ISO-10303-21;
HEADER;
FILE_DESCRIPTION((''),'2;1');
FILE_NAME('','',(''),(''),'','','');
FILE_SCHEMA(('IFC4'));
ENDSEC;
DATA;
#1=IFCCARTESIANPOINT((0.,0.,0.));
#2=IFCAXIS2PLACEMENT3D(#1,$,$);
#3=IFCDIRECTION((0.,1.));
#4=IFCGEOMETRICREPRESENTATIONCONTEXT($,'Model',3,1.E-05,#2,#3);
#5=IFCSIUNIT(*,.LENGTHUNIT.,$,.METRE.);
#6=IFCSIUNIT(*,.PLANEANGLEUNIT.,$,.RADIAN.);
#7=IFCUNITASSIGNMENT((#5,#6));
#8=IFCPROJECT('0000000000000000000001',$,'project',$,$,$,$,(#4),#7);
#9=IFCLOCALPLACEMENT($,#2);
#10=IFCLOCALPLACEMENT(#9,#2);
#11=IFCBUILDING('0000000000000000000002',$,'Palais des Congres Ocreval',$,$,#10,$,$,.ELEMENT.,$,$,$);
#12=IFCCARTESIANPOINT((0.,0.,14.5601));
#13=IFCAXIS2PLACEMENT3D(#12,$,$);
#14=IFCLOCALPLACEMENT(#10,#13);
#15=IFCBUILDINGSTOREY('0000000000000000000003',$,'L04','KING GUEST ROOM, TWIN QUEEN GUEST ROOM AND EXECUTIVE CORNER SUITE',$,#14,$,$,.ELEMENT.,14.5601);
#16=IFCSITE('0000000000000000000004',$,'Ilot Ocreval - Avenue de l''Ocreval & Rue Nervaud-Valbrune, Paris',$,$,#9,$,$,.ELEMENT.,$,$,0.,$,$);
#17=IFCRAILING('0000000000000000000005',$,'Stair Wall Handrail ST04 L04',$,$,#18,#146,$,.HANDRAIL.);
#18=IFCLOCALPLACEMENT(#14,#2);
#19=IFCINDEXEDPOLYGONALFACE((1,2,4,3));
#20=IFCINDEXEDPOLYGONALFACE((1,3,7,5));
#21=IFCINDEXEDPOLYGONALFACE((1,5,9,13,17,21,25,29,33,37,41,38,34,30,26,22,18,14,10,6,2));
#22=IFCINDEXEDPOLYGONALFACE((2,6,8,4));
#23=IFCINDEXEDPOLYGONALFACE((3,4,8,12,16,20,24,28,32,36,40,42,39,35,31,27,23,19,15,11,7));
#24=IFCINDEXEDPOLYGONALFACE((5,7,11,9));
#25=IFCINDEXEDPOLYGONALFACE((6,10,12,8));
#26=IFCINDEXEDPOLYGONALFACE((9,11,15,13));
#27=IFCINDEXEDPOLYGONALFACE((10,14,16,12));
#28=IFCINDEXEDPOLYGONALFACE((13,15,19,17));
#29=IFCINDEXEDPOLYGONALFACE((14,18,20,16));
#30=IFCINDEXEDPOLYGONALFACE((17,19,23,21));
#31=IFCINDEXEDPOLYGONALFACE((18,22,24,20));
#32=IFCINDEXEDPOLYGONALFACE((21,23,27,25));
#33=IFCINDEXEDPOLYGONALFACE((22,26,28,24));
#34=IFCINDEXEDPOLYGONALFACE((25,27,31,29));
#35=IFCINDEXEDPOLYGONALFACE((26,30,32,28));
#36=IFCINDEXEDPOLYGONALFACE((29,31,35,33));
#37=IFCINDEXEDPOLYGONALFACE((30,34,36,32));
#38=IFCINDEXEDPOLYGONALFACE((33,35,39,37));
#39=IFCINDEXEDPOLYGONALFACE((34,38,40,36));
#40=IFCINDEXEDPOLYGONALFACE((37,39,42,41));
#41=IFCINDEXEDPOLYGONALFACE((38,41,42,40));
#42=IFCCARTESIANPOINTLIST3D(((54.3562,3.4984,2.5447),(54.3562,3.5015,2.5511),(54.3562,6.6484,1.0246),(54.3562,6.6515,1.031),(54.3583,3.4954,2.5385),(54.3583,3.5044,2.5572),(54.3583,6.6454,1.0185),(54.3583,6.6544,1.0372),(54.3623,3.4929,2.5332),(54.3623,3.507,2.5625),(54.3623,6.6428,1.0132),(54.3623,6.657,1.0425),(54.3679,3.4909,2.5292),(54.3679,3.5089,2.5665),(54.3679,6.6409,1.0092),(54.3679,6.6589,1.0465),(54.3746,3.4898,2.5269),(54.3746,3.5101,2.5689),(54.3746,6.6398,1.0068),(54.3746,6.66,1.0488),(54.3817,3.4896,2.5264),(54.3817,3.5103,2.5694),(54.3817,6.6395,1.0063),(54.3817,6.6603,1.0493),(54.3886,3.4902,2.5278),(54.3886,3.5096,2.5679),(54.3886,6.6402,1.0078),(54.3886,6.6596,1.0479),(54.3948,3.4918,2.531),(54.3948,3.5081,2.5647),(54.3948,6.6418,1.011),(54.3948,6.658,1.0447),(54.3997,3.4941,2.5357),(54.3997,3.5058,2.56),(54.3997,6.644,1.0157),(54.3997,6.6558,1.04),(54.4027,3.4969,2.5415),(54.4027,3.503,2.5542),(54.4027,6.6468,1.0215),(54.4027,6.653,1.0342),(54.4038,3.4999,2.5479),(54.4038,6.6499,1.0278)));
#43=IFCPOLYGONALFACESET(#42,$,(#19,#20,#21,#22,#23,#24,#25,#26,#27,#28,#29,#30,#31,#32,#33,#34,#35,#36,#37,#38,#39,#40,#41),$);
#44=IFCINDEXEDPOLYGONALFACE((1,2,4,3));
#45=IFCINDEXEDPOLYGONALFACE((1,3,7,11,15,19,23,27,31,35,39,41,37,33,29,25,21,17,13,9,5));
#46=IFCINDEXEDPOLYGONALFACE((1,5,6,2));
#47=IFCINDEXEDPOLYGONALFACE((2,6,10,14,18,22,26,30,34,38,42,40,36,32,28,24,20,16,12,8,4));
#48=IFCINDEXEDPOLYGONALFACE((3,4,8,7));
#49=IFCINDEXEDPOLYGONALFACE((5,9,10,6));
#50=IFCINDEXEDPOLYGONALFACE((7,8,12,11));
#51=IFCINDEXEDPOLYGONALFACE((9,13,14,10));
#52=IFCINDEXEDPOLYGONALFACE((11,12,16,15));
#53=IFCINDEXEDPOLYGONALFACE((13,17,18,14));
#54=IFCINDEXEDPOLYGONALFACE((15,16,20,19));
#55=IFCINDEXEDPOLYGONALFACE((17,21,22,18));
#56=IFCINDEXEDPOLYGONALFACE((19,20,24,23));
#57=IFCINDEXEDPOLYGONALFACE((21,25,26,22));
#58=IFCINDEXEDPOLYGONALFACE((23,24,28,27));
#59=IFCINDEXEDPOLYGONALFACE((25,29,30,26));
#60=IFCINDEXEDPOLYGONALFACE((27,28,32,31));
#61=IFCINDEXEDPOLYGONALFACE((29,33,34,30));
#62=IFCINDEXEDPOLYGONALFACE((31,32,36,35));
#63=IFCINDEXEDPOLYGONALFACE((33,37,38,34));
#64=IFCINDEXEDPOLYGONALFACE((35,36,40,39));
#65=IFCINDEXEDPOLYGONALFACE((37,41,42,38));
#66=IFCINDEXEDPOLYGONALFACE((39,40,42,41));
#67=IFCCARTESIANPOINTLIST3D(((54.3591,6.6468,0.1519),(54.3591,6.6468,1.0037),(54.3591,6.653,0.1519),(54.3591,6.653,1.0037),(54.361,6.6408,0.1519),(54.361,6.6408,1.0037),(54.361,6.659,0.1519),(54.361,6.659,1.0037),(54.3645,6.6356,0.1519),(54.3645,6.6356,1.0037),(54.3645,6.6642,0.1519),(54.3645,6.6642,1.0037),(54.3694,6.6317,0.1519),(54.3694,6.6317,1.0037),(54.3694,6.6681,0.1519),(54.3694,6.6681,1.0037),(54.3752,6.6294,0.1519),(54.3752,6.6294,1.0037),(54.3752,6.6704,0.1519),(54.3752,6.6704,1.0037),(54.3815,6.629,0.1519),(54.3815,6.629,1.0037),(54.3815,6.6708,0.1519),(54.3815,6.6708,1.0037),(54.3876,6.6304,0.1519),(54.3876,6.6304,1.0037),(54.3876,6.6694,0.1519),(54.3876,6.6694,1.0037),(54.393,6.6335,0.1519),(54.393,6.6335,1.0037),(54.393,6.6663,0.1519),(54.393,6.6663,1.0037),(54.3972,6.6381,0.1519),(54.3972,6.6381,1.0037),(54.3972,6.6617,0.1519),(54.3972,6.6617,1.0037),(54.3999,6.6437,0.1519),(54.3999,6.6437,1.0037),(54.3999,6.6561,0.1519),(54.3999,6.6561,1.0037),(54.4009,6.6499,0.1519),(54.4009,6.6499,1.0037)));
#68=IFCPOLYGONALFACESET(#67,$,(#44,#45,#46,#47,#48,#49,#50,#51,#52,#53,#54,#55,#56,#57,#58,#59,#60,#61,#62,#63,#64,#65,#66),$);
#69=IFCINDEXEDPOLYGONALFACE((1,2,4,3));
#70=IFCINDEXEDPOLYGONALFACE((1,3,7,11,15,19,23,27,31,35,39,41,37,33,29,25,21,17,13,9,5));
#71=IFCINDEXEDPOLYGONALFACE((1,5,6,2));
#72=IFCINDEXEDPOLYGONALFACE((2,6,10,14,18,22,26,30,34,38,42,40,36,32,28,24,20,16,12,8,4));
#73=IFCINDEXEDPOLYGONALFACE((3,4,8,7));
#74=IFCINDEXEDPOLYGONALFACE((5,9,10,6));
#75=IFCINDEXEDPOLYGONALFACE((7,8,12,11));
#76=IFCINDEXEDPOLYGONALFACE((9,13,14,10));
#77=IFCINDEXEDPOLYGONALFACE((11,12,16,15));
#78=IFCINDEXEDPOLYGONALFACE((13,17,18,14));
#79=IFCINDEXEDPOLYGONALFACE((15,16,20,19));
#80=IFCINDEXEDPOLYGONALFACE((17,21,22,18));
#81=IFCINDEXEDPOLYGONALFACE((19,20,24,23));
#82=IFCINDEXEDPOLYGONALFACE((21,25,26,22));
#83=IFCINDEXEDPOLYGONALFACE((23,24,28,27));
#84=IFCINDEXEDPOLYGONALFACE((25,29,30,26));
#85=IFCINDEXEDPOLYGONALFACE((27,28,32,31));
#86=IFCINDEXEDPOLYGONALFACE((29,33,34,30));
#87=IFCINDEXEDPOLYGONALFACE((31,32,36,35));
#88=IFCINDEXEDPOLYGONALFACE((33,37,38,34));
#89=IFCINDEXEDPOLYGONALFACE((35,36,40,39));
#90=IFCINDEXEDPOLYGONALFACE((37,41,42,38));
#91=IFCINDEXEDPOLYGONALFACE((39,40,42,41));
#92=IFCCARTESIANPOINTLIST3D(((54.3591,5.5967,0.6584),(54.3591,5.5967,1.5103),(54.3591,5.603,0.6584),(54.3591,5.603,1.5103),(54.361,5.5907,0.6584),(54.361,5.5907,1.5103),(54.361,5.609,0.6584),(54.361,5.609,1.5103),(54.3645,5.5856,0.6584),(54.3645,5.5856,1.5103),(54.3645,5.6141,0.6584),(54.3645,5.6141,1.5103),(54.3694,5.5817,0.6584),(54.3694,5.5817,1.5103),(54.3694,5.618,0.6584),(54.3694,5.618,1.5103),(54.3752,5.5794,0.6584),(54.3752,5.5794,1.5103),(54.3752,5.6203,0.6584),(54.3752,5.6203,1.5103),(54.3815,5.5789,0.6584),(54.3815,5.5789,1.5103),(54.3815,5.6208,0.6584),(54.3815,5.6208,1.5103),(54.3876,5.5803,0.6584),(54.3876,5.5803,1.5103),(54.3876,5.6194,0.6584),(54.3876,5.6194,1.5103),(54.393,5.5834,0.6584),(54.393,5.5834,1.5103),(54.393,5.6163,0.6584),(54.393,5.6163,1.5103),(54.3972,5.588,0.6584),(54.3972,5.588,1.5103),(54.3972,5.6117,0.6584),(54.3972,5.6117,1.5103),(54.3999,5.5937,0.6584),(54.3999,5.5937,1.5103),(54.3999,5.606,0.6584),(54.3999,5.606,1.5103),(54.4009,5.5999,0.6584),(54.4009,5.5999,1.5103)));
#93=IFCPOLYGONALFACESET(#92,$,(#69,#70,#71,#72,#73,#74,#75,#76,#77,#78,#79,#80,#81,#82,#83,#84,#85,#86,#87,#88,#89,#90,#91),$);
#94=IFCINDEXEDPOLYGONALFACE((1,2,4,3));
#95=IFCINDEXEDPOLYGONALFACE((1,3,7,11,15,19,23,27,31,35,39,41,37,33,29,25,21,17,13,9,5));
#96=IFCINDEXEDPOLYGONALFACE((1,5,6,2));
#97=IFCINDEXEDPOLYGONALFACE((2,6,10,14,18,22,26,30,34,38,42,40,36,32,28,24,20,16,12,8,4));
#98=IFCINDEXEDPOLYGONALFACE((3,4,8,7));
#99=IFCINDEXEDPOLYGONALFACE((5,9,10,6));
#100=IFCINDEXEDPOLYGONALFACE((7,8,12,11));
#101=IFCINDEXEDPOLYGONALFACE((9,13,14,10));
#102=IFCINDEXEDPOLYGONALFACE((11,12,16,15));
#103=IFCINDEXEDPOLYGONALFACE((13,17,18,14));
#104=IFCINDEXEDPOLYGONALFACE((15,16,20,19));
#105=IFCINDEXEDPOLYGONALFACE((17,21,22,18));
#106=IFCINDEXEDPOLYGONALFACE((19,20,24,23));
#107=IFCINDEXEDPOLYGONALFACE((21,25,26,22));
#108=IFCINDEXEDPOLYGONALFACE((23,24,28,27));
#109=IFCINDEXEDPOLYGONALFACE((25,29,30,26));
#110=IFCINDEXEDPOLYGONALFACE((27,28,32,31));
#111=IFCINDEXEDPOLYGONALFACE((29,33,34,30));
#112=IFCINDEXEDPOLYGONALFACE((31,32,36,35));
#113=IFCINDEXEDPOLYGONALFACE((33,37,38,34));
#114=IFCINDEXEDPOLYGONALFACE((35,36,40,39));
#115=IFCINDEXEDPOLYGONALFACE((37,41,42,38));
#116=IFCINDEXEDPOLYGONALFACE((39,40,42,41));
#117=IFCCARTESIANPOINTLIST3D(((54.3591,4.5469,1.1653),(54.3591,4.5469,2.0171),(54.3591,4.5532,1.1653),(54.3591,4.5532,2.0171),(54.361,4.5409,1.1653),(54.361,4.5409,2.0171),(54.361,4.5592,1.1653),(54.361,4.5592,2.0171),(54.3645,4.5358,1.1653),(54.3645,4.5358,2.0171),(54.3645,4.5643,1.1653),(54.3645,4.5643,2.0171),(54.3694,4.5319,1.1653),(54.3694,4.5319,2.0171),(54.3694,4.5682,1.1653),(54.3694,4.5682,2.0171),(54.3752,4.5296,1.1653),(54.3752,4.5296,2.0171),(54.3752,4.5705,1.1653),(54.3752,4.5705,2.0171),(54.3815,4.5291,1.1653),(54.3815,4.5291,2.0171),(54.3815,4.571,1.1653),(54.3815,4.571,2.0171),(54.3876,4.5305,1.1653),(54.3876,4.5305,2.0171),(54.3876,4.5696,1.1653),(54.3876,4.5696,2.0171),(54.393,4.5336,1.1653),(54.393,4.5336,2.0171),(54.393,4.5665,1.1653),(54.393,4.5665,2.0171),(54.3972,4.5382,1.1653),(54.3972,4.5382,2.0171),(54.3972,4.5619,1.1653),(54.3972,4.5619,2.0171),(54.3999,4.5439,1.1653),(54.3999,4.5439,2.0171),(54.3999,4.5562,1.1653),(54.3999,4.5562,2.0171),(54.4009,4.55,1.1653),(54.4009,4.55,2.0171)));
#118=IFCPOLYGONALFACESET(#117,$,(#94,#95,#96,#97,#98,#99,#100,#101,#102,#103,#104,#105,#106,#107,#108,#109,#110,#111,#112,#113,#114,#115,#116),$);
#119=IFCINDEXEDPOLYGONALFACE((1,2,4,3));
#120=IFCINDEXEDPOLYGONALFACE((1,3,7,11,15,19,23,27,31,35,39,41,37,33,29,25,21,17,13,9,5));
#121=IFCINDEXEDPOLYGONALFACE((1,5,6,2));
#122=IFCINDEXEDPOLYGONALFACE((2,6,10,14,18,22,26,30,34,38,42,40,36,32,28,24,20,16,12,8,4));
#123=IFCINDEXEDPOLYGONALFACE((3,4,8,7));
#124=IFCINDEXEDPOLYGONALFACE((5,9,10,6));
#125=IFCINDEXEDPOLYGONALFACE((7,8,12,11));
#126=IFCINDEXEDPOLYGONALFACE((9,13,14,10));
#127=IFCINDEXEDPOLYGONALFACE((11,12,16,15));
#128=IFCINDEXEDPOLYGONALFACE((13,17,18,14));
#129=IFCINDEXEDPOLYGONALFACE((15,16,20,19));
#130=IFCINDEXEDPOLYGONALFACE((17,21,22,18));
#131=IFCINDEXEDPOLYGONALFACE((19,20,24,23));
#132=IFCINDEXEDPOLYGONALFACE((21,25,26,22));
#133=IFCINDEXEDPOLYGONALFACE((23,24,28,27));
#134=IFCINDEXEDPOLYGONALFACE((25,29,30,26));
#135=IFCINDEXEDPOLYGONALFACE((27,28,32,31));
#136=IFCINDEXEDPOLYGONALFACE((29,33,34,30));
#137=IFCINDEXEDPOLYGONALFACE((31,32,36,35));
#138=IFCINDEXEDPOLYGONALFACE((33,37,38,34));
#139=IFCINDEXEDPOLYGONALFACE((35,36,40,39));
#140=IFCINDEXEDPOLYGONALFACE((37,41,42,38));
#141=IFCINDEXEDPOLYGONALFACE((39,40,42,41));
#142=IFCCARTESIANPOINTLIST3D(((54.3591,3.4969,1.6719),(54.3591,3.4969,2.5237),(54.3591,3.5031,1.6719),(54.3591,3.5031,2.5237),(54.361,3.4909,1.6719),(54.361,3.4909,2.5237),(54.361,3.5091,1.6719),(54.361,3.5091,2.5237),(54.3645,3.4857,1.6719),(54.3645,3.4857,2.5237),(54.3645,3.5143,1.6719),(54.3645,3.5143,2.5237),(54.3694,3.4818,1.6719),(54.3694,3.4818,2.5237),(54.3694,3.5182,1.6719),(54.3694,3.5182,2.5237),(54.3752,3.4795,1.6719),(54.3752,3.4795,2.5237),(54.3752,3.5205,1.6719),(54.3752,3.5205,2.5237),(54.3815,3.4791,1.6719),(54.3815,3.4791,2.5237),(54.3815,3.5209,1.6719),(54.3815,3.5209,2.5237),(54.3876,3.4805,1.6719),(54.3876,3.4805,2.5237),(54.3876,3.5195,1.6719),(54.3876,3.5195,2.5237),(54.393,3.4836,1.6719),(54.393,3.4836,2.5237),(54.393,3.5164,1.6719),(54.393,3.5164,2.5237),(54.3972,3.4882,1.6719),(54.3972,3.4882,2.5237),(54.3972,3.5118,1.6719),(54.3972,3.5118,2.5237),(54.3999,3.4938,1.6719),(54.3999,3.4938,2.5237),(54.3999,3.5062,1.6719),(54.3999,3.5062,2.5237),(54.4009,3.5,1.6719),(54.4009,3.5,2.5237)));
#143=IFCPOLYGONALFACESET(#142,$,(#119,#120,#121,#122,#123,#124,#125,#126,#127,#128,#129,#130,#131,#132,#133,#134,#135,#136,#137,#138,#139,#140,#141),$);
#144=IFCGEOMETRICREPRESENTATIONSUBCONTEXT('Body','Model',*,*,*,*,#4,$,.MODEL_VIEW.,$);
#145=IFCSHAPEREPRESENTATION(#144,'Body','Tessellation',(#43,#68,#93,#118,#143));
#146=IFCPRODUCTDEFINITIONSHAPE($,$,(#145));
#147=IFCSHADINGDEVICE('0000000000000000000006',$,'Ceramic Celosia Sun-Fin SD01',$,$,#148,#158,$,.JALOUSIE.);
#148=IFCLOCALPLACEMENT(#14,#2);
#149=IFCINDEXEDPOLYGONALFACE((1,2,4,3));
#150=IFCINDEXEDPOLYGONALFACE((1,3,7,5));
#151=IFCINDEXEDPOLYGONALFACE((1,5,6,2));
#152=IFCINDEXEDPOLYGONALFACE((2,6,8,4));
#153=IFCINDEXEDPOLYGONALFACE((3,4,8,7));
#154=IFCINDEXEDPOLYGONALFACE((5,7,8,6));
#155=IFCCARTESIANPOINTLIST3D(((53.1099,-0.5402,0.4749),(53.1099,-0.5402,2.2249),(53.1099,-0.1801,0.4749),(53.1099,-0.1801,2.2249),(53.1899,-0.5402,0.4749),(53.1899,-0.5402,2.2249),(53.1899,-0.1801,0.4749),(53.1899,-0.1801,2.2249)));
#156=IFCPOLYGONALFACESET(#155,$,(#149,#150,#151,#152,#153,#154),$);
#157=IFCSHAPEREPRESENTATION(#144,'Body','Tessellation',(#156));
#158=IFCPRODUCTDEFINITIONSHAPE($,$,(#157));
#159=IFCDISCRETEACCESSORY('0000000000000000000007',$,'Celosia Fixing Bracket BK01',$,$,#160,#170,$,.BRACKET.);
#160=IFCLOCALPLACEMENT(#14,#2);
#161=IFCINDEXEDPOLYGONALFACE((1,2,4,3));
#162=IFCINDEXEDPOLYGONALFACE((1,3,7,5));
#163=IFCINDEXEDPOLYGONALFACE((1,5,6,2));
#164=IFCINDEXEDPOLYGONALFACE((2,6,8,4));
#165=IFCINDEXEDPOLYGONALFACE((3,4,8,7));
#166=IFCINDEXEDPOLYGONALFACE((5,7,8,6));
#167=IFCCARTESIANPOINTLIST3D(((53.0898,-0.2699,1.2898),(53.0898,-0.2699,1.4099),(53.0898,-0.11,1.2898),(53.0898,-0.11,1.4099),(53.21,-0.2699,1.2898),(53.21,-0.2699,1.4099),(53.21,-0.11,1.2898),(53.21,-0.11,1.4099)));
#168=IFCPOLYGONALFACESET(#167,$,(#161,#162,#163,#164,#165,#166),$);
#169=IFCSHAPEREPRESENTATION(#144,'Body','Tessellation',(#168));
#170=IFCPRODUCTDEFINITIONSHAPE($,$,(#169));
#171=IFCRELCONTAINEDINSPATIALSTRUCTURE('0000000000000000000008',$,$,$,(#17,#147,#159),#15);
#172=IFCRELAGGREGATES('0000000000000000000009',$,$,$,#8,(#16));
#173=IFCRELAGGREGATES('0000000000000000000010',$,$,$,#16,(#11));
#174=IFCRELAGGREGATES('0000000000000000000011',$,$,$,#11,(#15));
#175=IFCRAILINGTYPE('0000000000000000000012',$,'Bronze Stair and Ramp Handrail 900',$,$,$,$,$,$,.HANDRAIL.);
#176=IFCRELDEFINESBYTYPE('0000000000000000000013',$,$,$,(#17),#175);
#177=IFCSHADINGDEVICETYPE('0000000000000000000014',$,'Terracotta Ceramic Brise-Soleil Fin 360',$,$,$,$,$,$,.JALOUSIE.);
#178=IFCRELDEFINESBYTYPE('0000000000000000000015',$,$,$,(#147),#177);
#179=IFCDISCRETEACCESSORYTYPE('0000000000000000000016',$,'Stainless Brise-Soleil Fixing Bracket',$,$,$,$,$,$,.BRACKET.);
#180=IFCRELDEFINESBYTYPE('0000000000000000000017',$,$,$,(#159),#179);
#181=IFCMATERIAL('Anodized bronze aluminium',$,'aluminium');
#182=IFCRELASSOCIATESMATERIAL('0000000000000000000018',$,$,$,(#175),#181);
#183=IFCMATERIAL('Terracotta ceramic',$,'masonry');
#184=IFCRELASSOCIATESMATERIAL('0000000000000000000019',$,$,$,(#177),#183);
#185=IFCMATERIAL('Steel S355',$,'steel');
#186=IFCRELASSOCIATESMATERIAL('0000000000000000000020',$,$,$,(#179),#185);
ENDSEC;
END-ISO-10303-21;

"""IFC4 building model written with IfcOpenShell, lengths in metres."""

from ifc_helpers import new_model, si_unit, direction, frame, origin, origin_2d, place, context, subcontext, project, spatial, rectangle, circle, extrude, material, type_object, element, save


model = new_model("IFC4")

# Units and contexts
model_context = context("Model", 3, precision=1e-05, world=origin(), true_north=direction((0.0, 1.0)))
body_context = subcontext(model_context, "Body", "Model", "MODEL_VIEW")
ifc_project = project(units=[si_unit("LENGTHUNIT", "METRE"), si_unit("PLANEANGLEUNIT", "RADIAN")], contexts=[model_context])

# Site, building, storey
site_placement = place(None, origin())
site = spatial("IfcSite", under=ifc_project, at=site_placement, Name="Ilot Ocreval - Avenue de l'Ocreval & Rue Nervaud-Valbrune, Paris", CompositionType="ELEMENT", RefElevation=0.0)
building_placement = place(site_placement, origin())
building = spatial("IfcBuilding", under=site, at=building_placement, Name="Palais des Congres Ocreval", CompositionType="ELEMENT")
storey_placement = place(building_placement, frame((0.0, 0.0, 14.5601)))
storey = spatial("IfcBuildingStorey", under=building, at=storey_placement, Name="L04", Description="KING GUEST ROOM, TWIN QUEEN GUEST ROOM AND EXECUTIVE CORNER SUITE", CompositionType="ELEMENT", Elevation=14.5601)

# Shared definitions
ifc_material_1 = material(Name="Steel S355", Category="steel")

# Railing
ifc_material_2 = material(Name="Anodized bronze aluminium", Category="aluminium")
railing_type = type_object("IfcRailingType", Name="Bronze Stair and Ramp Handrail 900", PredefinedType="HANDRAIL", material=ifc_material_2)
railing_placement = place(storey_placement, frame((54.3799, 6.6499, 0.1519)))
element("IfcRailing", 1, at=railing_placement, inside=storey, type_object=railing_type, Name="Stair Wall Handrail ST04 L04", PredefinedType="HANDRAIL", context=body_context, shape_type="SweptSolid", body=[
    extrude(circle(Radius=0.0239, at=origin_2d()), frame((0.0, 0.0, 0.876), z_axis=(0.0, -0.900621, 0.434605), x_axis=(1.0, 0.0, 0.0)), (0.0, 0.0, 1.0), 3.4976),
    extrude(circle(Radius=0.021, at=origin_2d()), origin(), (0.0, 0.0, 1.0), 0.8518),
    extrude(circle(Radius=0.021, at=origin_2d()), frame((0.0, -1.05, 0.5066)), (0.0, 0.0, 1.0), 0.8518),
    extrude(circle(Radius=0.021, at=origin_2d()), frame((0.0, -2.0999, 1.0134)), (0.0, 0.0, 1.0), 0.8518),
    extrude(circle(Radius=0.021, at=origin_2d()), frame((0.0, -3.1499, 1.52)), (0.0, 0.0, 1.0), 0.8518),
])

# Shading device
ifc_material_3 = material(Name="Terracotta ceramic", Category="masonry")
shading_device_type = type_object("IfcShadingDeviceType", Name="Terracotta Ceramic Brise-Soleil Fin 360", PredefinedType="JALOUSIE", material=ifc_material_3)
shading_device_placement = place(storey_placement, frame((53.1499, -0.3601, 0.4749), z_axis=(0.0, 0.0, 1.0), x_axis=(0.0, -1.0, 0.0)))
element("IfcShadingDevice", 2, at=shading_device_placement, inside=storey, type_object=shading_device_type, Name="Ceramic Celosia Sun-Fin SD01", PredefinedType="JALOUSIE", context=body_context, shape_type="SweptSolid", body=[
    extrude(rectangle(XDim=0.3601, YDim=0.0801, at=origin_2d()), origin(), (0.0, 0.0, 1.0), 1.75),
])

# Discrete accessory
discrete_accessory_type = type_object("IfcDiscreteAccessoryType", Name="Stainless Brise-Soleil Fixing Bracket", PredefinedType="BRACKET", material=ifc_material_1)
discrete_accessory_placement = place(storey_placement, frame((53.1499, -0.1899, 1.2898), z_axis=(0.0, 0.0, 1.0), x_axis=(0.0, -1.0, 0.0)))
element("IfcDiscreteAccessory", 3, at=discrete_accessory_placement, inside=storey, type_object=discrete_accessory_type, Name="Celosia Fixing Bracket BK01", PredefinedType="BRACKET", context=body_context, shape_type="SweptSolid", body=[
    extrude(rectangle(XDim=0.1599, YDim=0.1201, at=origin_2d()), origin(), (0.0, 0.0, 1.0), 0.1201),
])

save(model, "model.ifc")
